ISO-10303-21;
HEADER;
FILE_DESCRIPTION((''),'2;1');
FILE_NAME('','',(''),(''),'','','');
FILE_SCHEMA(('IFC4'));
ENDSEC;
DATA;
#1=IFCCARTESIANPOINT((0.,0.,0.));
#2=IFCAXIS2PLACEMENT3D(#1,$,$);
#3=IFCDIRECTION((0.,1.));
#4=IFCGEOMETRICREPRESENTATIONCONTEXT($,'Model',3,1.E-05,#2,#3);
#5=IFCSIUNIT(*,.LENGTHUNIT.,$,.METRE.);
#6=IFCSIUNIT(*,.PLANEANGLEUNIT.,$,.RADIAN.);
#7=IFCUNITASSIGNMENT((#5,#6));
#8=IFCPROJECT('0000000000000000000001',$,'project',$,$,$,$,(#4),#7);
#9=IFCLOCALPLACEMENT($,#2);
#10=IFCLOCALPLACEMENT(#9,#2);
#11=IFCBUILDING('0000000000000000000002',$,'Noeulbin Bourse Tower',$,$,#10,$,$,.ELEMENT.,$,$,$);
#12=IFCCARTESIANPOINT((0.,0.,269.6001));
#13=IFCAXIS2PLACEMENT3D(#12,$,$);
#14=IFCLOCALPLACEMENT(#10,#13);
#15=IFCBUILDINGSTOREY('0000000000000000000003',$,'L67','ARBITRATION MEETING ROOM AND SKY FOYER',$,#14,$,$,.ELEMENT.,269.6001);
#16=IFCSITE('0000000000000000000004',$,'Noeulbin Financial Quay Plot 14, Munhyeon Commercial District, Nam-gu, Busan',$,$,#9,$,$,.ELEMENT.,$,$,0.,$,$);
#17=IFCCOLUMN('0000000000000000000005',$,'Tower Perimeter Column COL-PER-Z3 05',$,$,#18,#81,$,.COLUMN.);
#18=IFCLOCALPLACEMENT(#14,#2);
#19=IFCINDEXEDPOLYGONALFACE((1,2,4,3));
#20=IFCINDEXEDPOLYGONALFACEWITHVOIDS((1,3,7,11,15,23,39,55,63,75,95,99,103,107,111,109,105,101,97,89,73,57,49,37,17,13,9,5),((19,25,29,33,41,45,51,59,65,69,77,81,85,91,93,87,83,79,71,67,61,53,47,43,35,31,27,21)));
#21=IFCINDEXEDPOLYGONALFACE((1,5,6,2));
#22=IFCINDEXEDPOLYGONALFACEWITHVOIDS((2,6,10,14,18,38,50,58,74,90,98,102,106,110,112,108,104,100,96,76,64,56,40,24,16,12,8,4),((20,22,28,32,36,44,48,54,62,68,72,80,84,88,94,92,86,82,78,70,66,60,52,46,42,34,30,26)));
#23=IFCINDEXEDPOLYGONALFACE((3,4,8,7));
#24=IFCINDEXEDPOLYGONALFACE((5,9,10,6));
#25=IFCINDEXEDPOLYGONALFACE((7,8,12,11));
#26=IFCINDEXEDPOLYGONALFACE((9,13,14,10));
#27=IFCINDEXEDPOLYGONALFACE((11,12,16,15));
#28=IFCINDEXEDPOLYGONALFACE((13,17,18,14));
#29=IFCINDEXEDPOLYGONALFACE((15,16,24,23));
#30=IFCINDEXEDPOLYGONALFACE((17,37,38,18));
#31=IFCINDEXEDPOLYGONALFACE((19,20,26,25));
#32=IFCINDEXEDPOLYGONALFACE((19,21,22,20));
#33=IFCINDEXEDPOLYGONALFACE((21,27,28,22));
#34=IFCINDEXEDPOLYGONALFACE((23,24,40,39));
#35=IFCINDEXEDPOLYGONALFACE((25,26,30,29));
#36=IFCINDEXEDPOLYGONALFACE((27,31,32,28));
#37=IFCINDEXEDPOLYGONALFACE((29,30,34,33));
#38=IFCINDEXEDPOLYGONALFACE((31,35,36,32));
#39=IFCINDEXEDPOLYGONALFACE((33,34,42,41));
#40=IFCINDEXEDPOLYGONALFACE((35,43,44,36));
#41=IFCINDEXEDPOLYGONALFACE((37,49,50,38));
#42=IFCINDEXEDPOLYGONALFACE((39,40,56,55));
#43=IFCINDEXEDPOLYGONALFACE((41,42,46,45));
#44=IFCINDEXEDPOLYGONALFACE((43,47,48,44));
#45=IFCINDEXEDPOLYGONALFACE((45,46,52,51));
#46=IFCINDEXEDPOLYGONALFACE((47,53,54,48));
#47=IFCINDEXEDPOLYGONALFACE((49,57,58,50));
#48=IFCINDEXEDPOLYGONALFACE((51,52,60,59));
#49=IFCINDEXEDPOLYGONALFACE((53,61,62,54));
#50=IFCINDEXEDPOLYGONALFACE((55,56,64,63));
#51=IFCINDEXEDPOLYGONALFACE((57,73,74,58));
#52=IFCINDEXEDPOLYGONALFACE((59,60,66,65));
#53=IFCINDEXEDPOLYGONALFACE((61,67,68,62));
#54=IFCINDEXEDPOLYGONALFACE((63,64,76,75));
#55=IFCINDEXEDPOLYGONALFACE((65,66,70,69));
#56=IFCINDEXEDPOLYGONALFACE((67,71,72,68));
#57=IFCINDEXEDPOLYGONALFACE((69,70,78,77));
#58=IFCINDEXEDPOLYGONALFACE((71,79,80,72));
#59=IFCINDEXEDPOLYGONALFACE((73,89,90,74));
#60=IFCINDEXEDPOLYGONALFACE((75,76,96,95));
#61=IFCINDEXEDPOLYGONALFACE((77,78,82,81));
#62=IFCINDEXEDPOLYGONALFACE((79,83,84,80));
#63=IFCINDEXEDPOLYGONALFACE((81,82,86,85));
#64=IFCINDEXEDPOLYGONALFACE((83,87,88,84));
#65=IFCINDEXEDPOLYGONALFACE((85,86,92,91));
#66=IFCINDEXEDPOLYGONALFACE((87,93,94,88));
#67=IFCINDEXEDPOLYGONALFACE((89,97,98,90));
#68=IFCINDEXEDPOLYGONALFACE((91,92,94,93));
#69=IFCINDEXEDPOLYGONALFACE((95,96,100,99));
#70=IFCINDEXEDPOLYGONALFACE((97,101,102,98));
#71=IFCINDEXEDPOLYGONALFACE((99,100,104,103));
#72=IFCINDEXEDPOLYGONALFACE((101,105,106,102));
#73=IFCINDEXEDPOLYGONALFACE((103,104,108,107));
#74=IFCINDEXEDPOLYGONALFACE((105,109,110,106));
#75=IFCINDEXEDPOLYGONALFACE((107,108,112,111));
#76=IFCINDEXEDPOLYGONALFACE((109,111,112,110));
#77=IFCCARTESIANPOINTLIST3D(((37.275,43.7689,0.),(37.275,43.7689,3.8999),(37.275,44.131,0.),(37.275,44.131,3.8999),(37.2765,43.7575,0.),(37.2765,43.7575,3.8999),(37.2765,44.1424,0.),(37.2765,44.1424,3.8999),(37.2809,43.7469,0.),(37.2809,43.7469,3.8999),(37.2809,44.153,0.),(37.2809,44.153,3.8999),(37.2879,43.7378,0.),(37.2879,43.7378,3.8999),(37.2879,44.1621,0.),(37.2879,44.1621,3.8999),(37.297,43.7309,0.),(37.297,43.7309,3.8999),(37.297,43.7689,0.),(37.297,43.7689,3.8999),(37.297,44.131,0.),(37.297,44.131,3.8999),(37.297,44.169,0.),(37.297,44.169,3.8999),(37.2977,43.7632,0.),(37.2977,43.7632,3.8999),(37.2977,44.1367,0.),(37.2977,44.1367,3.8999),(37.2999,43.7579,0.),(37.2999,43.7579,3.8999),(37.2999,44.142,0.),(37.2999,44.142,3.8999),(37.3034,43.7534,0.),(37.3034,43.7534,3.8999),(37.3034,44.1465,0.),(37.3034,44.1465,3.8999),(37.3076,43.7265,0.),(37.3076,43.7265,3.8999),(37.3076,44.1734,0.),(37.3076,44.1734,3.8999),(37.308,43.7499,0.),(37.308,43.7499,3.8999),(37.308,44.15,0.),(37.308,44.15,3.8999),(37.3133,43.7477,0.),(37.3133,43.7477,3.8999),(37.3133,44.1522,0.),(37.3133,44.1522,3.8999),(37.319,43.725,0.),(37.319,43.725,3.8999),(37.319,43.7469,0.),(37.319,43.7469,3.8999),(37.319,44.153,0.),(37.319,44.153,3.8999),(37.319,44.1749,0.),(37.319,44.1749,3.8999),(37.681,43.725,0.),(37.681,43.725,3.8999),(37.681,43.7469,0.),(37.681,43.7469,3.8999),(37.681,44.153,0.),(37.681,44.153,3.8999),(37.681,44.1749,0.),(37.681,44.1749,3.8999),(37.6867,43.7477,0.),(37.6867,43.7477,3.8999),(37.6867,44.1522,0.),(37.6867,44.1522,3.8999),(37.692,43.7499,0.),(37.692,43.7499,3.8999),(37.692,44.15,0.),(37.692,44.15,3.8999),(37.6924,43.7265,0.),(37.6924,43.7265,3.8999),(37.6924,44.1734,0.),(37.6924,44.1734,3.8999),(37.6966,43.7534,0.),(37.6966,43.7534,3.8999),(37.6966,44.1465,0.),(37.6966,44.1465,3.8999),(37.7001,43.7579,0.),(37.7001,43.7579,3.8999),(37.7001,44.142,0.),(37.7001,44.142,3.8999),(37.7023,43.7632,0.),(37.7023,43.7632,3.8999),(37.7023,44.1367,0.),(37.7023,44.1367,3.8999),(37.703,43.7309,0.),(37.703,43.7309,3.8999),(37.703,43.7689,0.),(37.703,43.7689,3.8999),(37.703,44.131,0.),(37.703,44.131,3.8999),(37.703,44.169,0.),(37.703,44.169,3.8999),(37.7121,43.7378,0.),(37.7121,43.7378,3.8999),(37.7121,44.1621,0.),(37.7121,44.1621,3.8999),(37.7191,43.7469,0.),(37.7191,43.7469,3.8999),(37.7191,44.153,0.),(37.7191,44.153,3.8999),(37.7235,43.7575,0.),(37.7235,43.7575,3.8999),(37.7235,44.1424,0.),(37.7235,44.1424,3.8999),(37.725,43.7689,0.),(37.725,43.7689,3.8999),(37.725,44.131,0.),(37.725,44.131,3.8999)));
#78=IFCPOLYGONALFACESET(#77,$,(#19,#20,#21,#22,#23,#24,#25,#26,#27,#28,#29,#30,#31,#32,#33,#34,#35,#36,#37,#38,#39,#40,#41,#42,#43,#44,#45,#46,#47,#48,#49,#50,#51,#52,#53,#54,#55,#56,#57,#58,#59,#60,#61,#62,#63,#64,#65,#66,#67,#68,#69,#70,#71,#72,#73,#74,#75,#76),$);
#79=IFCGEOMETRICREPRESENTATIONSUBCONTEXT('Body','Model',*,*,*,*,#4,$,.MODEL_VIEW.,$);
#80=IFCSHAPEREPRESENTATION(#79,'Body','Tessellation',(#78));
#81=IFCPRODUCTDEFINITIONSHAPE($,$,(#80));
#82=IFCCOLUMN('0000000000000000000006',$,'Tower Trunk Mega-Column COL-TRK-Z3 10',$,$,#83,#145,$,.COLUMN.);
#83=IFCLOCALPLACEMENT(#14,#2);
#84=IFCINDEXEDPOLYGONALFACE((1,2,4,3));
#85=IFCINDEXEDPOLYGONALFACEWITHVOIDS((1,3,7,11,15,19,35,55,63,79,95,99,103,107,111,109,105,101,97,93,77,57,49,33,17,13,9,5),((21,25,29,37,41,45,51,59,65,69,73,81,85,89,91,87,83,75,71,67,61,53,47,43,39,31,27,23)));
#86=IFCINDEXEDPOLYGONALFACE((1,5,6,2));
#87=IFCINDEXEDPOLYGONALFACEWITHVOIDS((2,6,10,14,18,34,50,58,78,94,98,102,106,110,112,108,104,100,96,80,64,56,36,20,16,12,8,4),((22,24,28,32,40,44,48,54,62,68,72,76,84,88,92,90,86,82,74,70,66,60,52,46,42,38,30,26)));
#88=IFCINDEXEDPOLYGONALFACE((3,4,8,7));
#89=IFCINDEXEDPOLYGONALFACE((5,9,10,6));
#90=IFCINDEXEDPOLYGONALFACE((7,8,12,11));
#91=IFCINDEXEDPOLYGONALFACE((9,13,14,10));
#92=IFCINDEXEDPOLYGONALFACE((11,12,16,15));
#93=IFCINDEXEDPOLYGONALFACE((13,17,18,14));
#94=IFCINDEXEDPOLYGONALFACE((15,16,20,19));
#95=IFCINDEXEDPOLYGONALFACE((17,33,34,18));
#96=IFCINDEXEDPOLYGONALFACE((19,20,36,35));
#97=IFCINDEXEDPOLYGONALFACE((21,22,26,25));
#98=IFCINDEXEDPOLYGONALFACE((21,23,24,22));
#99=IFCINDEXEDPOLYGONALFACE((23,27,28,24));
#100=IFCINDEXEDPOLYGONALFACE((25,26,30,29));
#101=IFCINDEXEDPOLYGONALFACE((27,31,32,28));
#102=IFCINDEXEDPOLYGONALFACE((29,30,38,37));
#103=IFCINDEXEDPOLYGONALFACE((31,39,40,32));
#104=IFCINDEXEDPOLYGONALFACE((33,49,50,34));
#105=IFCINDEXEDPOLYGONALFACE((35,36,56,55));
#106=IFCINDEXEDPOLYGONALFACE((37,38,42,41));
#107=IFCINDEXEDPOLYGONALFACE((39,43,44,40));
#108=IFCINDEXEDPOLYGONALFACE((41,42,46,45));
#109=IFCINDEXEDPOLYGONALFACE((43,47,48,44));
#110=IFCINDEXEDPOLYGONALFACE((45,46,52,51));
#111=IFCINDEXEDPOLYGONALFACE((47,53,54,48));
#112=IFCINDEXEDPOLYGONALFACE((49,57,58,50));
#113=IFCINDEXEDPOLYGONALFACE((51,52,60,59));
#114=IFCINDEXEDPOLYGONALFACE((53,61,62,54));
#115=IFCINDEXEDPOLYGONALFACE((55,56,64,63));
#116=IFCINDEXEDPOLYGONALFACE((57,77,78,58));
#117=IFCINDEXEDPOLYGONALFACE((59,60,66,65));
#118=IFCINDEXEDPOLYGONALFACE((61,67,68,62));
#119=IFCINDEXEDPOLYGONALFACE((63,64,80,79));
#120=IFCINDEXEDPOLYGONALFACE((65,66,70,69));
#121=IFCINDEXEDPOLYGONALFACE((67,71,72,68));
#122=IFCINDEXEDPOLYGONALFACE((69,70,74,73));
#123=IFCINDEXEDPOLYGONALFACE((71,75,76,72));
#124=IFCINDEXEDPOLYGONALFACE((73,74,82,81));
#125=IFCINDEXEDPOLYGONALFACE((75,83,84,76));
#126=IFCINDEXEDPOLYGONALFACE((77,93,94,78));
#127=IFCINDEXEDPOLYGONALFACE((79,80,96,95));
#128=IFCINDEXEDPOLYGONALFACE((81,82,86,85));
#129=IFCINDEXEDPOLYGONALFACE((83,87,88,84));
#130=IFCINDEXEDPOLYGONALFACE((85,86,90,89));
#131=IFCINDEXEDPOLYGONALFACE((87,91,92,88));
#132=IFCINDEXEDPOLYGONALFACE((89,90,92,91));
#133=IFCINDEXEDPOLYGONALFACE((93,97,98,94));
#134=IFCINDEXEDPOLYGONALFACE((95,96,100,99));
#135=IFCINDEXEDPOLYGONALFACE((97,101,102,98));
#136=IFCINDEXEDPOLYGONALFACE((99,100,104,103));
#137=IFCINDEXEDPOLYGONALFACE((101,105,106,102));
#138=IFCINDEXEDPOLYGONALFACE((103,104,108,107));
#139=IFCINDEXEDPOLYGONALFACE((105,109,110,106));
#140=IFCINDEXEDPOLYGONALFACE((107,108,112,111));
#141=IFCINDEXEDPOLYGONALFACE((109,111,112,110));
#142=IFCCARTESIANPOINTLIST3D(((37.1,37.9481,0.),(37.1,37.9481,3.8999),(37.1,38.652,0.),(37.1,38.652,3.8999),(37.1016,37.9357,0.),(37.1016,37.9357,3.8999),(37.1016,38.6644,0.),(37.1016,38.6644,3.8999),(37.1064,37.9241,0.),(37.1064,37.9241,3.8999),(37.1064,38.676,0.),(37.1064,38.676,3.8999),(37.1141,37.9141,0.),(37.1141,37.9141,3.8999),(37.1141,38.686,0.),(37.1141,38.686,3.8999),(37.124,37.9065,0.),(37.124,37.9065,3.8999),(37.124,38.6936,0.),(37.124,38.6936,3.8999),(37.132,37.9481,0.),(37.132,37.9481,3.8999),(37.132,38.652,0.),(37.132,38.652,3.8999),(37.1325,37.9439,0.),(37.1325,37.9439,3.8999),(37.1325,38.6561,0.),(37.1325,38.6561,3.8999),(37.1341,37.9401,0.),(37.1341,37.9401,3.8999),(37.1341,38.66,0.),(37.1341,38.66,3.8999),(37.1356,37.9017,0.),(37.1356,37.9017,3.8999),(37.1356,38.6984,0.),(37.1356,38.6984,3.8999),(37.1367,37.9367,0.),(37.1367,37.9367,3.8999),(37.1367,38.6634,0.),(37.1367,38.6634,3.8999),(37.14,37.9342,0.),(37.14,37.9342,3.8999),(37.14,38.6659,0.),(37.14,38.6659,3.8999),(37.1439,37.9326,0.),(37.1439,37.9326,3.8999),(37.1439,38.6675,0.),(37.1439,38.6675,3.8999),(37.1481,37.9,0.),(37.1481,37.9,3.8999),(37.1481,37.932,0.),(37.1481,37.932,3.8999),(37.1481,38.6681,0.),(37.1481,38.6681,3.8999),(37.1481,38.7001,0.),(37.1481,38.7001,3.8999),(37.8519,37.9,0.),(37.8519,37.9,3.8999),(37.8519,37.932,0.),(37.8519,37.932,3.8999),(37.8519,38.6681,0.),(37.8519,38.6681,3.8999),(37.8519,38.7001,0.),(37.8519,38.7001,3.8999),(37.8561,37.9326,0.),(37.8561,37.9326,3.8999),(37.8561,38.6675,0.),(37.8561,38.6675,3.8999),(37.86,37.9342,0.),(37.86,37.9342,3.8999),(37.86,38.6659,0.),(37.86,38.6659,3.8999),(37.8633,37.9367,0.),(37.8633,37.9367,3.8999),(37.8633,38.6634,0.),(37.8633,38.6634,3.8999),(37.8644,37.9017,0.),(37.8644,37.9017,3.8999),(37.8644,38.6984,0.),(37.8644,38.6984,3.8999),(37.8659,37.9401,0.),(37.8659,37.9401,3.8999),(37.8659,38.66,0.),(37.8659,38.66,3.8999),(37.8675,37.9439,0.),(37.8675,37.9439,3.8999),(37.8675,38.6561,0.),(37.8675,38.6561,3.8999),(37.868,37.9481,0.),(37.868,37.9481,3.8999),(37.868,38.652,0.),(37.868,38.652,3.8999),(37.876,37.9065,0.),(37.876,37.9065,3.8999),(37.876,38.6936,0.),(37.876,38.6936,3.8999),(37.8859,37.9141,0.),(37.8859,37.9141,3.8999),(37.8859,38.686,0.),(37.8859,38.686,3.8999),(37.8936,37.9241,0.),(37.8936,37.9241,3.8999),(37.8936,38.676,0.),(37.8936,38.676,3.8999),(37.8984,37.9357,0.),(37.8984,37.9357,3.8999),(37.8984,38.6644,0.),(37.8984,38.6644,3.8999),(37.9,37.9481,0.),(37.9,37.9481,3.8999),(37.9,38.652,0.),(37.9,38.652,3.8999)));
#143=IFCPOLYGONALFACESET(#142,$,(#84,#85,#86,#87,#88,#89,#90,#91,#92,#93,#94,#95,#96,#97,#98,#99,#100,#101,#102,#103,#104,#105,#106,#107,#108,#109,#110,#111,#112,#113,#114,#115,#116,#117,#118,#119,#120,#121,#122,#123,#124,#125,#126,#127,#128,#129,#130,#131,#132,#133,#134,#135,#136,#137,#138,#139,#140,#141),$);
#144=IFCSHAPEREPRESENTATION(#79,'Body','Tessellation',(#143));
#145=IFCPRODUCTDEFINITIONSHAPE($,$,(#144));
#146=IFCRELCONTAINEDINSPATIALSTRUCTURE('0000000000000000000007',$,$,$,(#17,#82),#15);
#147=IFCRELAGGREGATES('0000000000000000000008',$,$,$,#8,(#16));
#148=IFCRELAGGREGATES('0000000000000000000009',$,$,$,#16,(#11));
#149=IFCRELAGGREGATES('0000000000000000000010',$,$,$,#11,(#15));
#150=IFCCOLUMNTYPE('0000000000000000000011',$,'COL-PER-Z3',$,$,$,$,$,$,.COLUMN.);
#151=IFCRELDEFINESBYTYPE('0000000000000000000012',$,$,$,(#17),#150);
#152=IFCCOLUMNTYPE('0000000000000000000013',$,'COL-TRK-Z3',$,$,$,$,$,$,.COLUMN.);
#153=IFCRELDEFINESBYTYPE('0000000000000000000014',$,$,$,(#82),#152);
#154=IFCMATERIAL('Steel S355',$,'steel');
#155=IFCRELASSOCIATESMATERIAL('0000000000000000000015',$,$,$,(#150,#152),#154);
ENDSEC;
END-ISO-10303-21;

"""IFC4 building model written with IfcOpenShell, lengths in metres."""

from ifc_helpers import new_model, si_unit, direction, frame, origin, origin_2d, place, context, subcontext, project, spatial, hollow_rectangle, extrude, material, material_profile, profile_set, type_object, element, save


model = new_model("IFC4")

# Units and contexts
model_context = context("Model", 3, precision=1e-05, world=origin(), true_north=direction((0.0, 1.0)))
body_context = subcontext(model_context, "Body", "Model", "MODEL_VIEW")
ifc_project = project(units=[si_unit("LENGTHUNIT", "METRE"), si_unit("PLANEANGLEUNIT", "RADIAN")], contexts=[model_context])

# Site, building, storey
site_placement = place(None, origin())
site = spatial("IfcSite", under=ifc_project, at=site_placement, Name="Noeulbin Financial Quay Plot 14, Munhyeon Commercial District, Nam-gu, Busan", CompositionType="ELEMENT", RefElevation=0.0)
building_placement = place(site_placement, origin())
building = spatial("IfcBuilding", under=site, at=building_placement, Name="Noeulbin Bourse Tower", CompositionType="ELEMENT")
storey_placement = place(building_placement, frame((0.0, 0.0, 269.6001)))
storey = spatial("IfcBuildingStorey", under=building, at=storey_placement, Name="L67", Description="ARBITRATION MEETING ROOM AND SKY FOYER", CompositionType="ELEMENT", Elevation=269.6001)

# Columns
ifc_material_1 = material(Name="Steel S355", Category="steel")
ifc_material_profile_1 = material_profile(ifc_material_1, hollow_rectangle(XDim=0.45, YDim=0.45, WallThickness=0.022, InnerFilletRadius=0.022, OuterFilletRadius=0.0439, at=origin_2d()), Name="SHS-450x450x22", Category="LoadBearing")
ifc_profile_set_1 = profile_set([ifc_material_profile_1], Name="Steel S355")
column_type_1 = type_object("IfcColumnType", Name="COL-PER-Z3", PredefinedType="COLUMN", material=ifc_profile_set_1)
column_placement = place(storey_placement, frame((37.5, 43.95, 0.0), z_axis=(0.0, 0.0, 1.0), x_axis=(1.0, 0.0, 0.0)))
element("IfcColumn", 1, at=column_placement, inside=storey, type_object=column_type_1, Name="Tower Perimeter Column COL-PER-Z3 05", PredefinedType="COLUMN", context=body_context, shape_type="SweptSolid", body=[
    extrude(hollow_rectangle(XDim=0.45, YDim=0.45, WallThickness=0.022, InnerFilletRadius=0.022, OuterFilletRadius=0.0439, at=origin_2d()), origin(), (0.0, 0.0, 1.0), 3.8999),
])
ifc_material_profile_2 = material_profile(ifc_material_1, hollow_rectangle(XDim=0.8, YDim=0.8, WallThickness=0.032, InnerFilletRadius=0.0161, OuterFilletRadius=0.0481, at=origin_2d()), Name="BOX-800x800x32", Category="LoadBearing")
ifc_profile_set_2 = profile_set([ifc_material_profile_2], Name="Steel S355")
column_type_2 = type_object("IfcColumnType", Name="COL-TRK-Z3", PredefinedType="COLUMN", material=ifc_profile_set_2)
for number, where, z_axis, x_axis, name in (
    (2, (37.5, 38.3, 0.0), (0.0, 0.0, 1.0), (1.0, 0.0, 0.0), "Tower Trunk Mega-Column COL-TRK-Z3 10"),
):
    element("IfcColumn", number, at=place(storey_placement, frame(where, z_axis=z_axis, x_axis=x_axis)), inside=storey, type_object=column_type_2, Name=name, PredefinedType="COLUMN", context=body_context, shape_type="SweptSolid", body=[
        extrude(hollow_rectangle(XDim=0.8, YDim=0.8, WallThickness=0.032, InnerFilletRadius=0.0161, OuterFilletRadius=0.0481, at=origin_2d()), origin(), (0.0, 0.0, 1.0), 3.8999),
    ])

save(model, "model.ifc")
